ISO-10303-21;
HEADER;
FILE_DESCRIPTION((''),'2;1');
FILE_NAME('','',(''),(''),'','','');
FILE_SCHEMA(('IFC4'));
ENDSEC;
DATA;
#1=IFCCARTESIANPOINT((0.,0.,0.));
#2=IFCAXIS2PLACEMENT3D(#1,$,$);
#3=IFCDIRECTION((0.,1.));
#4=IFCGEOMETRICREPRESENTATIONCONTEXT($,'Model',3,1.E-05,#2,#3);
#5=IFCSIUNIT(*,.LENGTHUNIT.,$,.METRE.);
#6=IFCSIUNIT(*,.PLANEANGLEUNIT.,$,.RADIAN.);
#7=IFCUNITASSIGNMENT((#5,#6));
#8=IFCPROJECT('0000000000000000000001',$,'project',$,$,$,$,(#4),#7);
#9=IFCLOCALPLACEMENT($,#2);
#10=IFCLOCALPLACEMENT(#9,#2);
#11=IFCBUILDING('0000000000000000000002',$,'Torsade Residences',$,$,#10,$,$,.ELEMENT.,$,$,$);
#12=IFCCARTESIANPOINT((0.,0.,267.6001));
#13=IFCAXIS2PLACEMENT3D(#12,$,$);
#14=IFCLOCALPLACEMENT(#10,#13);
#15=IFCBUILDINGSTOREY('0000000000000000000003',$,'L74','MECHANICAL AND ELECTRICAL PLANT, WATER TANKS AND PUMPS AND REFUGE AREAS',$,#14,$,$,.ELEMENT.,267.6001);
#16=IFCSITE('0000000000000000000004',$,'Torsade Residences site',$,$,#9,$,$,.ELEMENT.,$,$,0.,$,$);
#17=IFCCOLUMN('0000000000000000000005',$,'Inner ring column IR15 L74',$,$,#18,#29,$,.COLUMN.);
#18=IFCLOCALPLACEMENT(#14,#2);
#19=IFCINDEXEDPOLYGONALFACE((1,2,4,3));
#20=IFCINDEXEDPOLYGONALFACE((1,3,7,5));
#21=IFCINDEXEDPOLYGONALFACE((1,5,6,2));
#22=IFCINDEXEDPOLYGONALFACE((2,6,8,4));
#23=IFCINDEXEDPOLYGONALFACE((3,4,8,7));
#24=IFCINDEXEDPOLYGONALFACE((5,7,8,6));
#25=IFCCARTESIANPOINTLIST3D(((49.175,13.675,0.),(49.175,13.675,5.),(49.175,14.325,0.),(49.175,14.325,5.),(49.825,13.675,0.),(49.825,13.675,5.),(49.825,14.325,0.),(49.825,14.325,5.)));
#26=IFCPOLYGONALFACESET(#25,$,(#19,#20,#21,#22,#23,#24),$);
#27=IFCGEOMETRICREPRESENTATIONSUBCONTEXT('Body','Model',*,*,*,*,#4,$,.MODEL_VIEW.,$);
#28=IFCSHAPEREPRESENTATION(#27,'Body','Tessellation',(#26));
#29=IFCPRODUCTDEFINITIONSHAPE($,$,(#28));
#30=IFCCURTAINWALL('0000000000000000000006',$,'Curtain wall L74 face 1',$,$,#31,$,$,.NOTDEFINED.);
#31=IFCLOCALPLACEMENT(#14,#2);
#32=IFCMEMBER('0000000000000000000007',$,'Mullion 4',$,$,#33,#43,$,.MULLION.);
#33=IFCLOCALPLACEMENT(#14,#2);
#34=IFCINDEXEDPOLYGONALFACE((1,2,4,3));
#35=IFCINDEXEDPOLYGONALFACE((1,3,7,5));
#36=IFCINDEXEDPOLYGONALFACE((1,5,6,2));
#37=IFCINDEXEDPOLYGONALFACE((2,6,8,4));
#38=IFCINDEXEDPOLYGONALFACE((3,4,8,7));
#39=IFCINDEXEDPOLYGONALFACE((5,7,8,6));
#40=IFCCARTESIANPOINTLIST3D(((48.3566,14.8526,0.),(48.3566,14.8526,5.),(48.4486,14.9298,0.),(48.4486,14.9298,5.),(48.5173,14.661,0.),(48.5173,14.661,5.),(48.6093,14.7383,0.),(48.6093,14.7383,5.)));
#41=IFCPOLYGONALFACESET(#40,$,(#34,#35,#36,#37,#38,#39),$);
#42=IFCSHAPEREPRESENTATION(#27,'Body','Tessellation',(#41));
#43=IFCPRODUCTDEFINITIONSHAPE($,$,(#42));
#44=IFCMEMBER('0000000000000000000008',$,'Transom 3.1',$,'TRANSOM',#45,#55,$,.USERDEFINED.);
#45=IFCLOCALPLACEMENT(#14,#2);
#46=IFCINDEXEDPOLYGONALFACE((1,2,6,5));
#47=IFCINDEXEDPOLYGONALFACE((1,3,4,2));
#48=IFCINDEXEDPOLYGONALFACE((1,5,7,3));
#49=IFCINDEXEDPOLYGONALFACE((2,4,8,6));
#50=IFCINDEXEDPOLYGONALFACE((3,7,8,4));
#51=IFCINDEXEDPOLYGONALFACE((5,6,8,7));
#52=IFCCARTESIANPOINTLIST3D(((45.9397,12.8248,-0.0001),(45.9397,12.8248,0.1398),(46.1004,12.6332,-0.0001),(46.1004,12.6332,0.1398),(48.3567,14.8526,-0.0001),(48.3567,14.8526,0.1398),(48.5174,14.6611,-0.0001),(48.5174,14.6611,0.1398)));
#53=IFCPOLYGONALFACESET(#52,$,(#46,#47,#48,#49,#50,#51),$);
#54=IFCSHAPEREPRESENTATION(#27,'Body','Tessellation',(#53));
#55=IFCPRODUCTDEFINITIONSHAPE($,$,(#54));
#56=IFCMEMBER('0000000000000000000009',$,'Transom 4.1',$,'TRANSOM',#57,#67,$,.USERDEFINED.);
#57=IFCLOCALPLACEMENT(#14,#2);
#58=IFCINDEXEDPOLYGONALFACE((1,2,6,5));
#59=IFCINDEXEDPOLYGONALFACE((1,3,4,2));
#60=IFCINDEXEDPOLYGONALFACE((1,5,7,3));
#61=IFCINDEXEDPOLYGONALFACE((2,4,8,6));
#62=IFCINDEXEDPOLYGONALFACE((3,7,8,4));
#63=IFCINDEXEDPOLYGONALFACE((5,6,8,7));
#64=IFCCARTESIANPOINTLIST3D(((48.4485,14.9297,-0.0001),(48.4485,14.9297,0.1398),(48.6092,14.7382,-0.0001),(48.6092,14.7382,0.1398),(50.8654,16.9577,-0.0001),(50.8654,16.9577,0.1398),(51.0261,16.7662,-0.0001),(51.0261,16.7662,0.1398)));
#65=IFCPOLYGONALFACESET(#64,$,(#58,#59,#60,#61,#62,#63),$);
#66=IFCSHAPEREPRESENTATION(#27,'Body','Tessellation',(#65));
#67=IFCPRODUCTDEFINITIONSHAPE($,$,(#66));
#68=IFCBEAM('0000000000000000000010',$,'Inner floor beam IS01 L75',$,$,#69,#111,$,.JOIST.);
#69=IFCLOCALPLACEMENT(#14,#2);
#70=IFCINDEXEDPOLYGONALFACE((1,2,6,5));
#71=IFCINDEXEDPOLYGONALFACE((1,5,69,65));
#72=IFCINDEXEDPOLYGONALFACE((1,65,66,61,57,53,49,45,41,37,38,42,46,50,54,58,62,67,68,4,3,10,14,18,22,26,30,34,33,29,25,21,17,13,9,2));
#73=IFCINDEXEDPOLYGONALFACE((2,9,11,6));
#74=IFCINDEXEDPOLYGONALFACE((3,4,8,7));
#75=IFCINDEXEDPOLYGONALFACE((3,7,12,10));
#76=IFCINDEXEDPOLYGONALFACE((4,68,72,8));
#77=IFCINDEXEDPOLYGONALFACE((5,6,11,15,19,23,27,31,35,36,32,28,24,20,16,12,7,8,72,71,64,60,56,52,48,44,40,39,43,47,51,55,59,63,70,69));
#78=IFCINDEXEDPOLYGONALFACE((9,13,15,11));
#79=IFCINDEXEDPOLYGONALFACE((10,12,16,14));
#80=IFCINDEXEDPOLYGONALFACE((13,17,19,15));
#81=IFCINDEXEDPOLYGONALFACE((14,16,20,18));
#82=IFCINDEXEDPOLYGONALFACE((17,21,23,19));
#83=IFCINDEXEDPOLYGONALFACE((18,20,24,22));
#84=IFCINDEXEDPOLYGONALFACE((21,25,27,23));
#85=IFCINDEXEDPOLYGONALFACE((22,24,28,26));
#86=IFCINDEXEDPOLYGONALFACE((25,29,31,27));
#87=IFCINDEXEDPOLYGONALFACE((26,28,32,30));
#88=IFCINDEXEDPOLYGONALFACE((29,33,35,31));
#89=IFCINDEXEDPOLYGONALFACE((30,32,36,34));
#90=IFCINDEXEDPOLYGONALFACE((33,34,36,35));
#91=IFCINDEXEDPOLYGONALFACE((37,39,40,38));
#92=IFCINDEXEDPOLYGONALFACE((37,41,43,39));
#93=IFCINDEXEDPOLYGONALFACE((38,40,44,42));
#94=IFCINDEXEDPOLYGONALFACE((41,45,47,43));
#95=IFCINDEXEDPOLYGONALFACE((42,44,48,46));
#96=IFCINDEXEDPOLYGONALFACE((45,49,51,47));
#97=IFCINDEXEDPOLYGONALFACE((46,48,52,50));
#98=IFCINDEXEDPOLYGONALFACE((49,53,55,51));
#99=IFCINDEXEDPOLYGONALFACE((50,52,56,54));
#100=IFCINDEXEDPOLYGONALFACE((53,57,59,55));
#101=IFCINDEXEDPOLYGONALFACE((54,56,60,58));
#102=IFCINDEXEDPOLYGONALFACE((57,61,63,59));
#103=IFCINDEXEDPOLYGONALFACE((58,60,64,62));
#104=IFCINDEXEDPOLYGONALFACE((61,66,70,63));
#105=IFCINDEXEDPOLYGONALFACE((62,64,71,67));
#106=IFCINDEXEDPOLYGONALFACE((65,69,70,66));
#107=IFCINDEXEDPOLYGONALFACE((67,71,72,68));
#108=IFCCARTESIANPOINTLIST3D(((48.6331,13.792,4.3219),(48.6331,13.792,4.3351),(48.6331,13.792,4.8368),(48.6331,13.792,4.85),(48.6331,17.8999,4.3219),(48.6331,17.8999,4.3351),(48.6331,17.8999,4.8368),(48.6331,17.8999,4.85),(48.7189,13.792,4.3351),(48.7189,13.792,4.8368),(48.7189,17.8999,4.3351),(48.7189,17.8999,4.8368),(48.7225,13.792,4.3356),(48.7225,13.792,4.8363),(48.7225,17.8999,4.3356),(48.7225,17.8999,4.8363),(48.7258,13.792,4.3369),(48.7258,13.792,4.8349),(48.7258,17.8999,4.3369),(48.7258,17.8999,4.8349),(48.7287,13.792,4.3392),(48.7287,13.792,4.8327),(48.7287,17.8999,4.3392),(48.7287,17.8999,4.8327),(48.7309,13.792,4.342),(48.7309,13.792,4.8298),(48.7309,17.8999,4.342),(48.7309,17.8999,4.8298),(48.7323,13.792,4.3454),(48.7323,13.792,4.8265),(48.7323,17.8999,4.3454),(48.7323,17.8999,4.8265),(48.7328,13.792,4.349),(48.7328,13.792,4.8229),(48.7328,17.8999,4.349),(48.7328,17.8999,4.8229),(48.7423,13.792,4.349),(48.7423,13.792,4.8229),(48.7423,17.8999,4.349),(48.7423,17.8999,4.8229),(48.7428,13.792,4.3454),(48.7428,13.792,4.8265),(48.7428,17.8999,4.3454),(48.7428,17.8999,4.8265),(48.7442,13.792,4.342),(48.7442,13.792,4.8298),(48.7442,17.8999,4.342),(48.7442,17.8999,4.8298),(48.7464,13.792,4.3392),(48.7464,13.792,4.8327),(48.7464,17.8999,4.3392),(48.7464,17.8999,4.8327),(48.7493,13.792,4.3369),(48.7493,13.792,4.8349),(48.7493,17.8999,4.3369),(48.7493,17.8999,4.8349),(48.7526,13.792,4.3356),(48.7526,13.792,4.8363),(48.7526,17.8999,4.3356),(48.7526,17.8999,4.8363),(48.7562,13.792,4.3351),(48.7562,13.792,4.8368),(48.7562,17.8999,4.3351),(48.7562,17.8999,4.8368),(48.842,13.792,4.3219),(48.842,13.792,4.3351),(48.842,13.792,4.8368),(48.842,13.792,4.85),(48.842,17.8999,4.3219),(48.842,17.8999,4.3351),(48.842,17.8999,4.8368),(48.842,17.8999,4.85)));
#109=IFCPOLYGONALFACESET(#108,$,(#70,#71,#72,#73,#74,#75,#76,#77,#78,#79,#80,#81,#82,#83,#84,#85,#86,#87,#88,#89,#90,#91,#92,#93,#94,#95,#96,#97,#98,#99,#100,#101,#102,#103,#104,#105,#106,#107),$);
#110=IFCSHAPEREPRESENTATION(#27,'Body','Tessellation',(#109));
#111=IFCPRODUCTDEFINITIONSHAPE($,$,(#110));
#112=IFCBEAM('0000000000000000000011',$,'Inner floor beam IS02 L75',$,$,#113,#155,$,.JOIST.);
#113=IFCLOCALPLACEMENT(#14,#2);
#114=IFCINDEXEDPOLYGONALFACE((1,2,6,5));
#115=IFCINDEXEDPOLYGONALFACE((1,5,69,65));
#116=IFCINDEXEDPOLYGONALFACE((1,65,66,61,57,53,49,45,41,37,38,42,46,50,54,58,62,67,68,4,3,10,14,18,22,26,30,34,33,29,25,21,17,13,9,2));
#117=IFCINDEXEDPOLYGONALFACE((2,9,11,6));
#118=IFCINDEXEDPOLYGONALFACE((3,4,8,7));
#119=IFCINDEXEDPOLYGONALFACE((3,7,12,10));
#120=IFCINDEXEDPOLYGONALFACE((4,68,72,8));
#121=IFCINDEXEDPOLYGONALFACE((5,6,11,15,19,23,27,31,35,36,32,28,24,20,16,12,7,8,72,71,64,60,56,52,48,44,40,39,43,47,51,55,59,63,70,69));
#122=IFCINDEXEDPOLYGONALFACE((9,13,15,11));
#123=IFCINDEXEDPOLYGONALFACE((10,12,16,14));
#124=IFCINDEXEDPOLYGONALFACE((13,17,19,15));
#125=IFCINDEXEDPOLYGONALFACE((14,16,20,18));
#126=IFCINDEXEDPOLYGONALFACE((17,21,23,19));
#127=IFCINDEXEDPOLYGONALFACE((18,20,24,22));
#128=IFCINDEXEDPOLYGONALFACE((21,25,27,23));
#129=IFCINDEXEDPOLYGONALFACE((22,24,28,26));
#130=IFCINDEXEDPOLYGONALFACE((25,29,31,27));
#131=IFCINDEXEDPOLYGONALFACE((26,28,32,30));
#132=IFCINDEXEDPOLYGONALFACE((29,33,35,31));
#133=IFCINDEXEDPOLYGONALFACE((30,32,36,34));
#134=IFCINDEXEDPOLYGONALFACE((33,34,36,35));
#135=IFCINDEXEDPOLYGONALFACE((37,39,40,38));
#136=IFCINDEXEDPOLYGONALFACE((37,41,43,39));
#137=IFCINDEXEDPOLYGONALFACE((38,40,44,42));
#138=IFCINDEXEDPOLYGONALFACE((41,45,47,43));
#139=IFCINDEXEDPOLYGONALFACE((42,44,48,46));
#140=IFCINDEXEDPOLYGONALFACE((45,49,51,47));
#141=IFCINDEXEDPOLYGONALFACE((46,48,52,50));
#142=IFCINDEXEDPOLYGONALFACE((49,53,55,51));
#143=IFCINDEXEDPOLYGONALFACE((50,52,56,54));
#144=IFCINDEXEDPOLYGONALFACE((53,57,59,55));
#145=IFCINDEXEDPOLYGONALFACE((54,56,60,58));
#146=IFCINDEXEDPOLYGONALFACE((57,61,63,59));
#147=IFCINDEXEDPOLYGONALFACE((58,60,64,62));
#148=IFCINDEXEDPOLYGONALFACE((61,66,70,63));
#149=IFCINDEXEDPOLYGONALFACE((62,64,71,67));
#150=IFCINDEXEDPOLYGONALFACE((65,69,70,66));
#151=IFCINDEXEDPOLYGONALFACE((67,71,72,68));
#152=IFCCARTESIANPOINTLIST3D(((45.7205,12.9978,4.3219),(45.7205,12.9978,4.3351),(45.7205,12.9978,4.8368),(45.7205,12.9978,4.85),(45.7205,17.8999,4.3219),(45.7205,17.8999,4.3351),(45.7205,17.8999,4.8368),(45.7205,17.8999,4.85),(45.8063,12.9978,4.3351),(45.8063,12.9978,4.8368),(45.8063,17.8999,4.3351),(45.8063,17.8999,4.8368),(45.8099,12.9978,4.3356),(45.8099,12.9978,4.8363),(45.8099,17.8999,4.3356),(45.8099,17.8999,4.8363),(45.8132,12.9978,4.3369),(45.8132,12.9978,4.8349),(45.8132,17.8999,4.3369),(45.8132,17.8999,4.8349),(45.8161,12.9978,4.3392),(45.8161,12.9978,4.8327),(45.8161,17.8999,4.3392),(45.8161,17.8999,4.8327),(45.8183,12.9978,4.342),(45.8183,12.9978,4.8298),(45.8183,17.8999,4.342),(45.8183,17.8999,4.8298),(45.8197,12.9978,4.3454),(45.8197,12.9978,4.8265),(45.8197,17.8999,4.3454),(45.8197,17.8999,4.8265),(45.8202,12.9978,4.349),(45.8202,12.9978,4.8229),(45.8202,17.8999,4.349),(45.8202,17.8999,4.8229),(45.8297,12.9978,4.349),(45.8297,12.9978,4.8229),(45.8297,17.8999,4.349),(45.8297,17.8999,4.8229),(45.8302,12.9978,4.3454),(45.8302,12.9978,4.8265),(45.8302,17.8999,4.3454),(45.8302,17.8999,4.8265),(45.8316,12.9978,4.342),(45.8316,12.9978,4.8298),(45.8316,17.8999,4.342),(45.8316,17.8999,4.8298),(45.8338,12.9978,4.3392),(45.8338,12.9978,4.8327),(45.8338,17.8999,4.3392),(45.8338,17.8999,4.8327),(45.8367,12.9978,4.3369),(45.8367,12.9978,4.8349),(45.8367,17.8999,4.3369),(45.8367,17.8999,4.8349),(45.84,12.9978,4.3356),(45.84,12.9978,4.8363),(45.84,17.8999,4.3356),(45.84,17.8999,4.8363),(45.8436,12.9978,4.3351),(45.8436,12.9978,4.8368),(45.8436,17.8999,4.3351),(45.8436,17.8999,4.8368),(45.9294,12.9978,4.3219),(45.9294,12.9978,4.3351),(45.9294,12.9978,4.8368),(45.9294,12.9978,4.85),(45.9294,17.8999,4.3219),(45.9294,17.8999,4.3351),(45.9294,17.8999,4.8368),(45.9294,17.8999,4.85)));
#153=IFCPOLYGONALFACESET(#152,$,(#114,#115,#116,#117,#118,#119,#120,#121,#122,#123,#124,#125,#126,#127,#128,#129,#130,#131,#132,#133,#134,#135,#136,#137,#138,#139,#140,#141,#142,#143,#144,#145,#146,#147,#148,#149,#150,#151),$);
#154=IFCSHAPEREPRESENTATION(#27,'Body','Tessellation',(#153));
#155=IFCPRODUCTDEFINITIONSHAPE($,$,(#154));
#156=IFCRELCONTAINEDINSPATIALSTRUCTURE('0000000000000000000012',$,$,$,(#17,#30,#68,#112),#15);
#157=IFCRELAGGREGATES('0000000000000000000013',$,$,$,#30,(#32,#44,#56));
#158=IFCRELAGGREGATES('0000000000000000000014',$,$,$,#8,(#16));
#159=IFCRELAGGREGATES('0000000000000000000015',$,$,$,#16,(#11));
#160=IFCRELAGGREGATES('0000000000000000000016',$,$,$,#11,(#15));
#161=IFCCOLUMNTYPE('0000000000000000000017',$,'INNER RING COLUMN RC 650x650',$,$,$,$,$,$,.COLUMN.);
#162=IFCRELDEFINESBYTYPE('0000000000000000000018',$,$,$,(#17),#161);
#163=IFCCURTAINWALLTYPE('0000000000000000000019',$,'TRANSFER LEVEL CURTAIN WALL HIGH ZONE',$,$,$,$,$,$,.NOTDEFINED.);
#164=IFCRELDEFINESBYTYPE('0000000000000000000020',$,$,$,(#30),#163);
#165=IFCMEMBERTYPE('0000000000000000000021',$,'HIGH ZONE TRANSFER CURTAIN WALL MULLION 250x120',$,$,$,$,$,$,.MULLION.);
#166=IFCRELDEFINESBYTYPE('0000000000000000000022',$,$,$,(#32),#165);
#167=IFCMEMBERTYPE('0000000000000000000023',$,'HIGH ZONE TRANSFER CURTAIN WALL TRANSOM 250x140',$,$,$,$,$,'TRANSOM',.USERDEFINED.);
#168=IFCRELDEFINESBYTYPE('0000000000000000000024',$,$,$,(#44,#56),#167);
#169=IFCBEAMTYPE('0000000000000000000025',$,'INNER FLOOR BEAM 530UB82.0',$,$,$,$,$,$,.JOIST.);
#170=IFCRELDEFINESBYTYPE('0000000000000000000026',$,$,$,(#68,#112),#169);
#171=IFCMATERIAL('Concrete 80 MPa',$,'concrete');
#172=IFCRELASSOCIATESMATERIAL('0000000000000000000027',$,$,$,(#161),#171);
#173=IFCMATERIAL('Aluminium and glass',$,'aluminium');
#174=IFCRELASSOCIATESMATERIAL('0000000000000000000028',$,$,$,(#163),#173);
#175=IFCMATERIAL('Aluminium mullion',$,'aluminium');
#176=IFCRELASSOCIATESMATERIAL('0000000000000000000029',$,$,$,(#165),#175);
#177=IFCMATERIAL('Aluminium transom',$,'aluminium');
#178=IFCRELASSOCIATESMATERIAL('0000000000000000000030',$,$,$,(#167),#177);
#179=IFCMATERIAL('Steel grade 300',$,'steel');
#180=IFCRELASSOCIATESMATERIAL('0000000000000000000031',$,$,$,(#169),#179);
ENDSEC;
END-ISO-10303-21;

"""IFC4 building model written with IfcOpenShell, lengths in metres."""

from ifc_helpers import new_model, si_unit, direction, frame, origin, origin_2d, place, context, subcontext, project, spatial, rectangle, i_section, extrude, material, material_profile, profile_set, type_object, element, aggregate, save


model = new_model("IFC4")

# Units and contexts
model_context = context("Model", 3, precision=1e-05, world=origin(), true_north=direction((0.0, 1.0)))
body_context = subcontext(model_context, "Body", "Model", "MODEL_VIEW")
ifc_project = project(units=[si_unit("LENGTHUNIT", "METRE"), si_unit("PLANEANGLEUNIT", "RADIAN")], contexts=[model_context])

# Site, building, storey
site_placement = place(None, origin())
site = spatial("IfcSite", under=ifc_project, at=site_placement, Name="Torsade Residences site", CompositionType="ELEMENT", RefElevation=0.0)
building_placement = place(site_placement, origin())
building = spatial("IfcBuilding", under=site, at=building_placement, Name="Torsade Residences", CompositionType="ELEMENT")
storey_placement = place(building_placement, frame((0.0, 0.0, 267.6001)))
storey = spatial("IfcBuildingStorey", under=building, at=storey_placement, Name="L74", Description="MECHANICAL AND ELECTRICAL PLANT, WATER TANKS AND PUMPS AND REFUGE AREAS", CompositionType="ELEMENT", Elevation=267.6001)

# Column
ifc_material_1 = material(Name="Concrete 80 MPa", Category="concrete")
ifc_material_profile_1 = material_profile(ifc_material_1, rectangle(XDim=0.6499, YDim=0.6499, at=origin_2d()), Name="RC 650x650")
ifc_profile_set_1 = profile_set([ifc_material_profile_1], Name="Concrete 80 MPa")
column_type = type_object("IfcColumnType", Name="INNER RING COLUMN RC 650x650", PredefinedType="COLUMN", material=ifc_profile_set_1)
column_placement = place(storey_placement, frame((49.5, 14.0, 0.0), z_axis=(0.0, 0.0, 1.0), x_axis=(1.0, 0.0, 0.0)))
element("IfcColumn", 1, at=column_placement, inside=storey, type_object=column_type, Name="Inner ring column IR15 L74", PredefinedType="COLUMN", context=body_context, shape_type="SweptSolid", body=[
    extrude(rectangle(XDim=0.6499, YDim=0.6499, at=origin_2d()), origin(), (0.0, 0.0, 1.0), 5.0),
])

# Curtain wall, members
ifc_material_2 = material(Name="Aluminium and glass", Category="aluminium")
curtain_wall_type = type_object("IfcCurtainWallType", Name="TRANSFER LEVEL CURTAIN WALL HIGH ZONE", PredefinedType="NOTDEFINED", material=ifc_material_2)
curtain_wall_placement = place(storey_placement, origin())
curtain_wall = element("IfcCurtainWall", 2, at=curtain_wall_placement, inside=storey, type_object=curtain_wall_type, Name="Curtain wall L74 face 1", PredefinedType="NOTDEFINED")
ifc_material_3 = material(Name="Aluminium mullion", Category="aluminium")
ifc_material_profile_2 = material_profile(ifc_material_3, rectangle(XDim=0.25, YDim=0.1201, at=origin_2d()), Name="HIGH ZONE TRANSFER CURTAIN WALL MULLION 250x120")
ifc_profile_set_2 = profile_set([ifc_material_profile_2], Name="Aluminium mullion")
member_type_1 = type_object("IfcMemberType", Name="HIGH ZONE TRANSFER CURTAIN WALL MULLION 250x120", PredefinedType="MULLION", material=ifc_profile_set_2)
member_1_placement = place(storey_placement, frame((48.4829, 14.7954, 0.0), z_axis=(0.0, 0.0, 1.0), x_axis=(-0.642788, 0.766044, 0.0)))
member_1 = element("IfcMember", 3, at=member_1_placement, type_object=member_type_1, Name="Mullion 4", PredefinedType="MULLION", context=body_context, shape_type="SweptSolid", body=[
    extrude(rectangle(XDim=0.25, YDim=0.1201, at=origin_2d()), origin(), (0.0, 0.0, 1.0), 5.0),
])
ifc_material_4 = material(Name="Aluminium transom", Category="aluminium")
ifc_material_profile_3 = material_profile(ifc_material_4, rectangle(XDim=0.25, YDim=0.1399, at=origin_2d()), Name="HIGH ZONE TRANSFER CURTAIN WALL TRANSOM 250x140")
ifc_profile_set_3 = profile_set([ifc_material_profile_3], Name="Aluminium transom")
member_type_2 = type_object("IfcMemberType", Name="HIGH ZONE TRANSFER CURTAIN WALL TRANSOM 250x140", ElementType="TRANSOM", PredefinedType="USERDEFINED", material=ifc_profile_set_3)
member_2_placement = place(storey_placement, frame((46.02, 12.729, 0.0698), z_axis=(0.766086, 0.642738, 0.0), x_axis=(-0.642738, 0.766086, 0.0)))
member_2 = element("IfcMember", 4, at=member_2_placement, type_object=member_type_2, Name="Transom 3.1", ObjectType="TRANSOM", PredefinedType="USERDEFINED", context=body_context, shape_type="SweptSolid", body=[
    extrude(rectangle(XDim=0.25, YDim=0.1399, at=origin_2d()), origin(), (0.0, 0.0, 1.0), 3.155),
])
member_3_placement = place(storey_placement, frame((48.5288, 14.834, 0.0698), z_axis=(0.766048, 0.642784, 0.0), x_axis=(-0.642784, 0.766048, 0.0)))
member_3 = element("IfcMember", 5, at=member_3_placement, type_object=member_type_2, Name="Transom 4.1", ObjectType="TRANSOM", PredefinedType="USERDEFINED", context=body_context, shape_type="SweptSolid", body=[
    extrude(rectangle(XDim=0.25, YDim=0.1399, at=origin_2d()), origin(), (0.0, 0.0, 1.0), 3.155),
])

# Beams
ifc_material_5 = material(Name="Steel grade 300", Category="steel")
ifc_material_profile_4 = material_profile(ifc_material_5, i_section(OverallWidth=0.209, OverallDepth=0.5281, WebThickness=0.0095, FlangeThickness=0.0132, FilletRadius=0.0139, at=origin_2d()), Name="530UB82.0")
ifc_profile_set_4 = profile_set([ifc_material_profile_4], Name="Steel grade 300")
beam_type_1 = type_object("IfcBeamType", Name="INNER FLOOR BEAM 530UB82.0", PredefinedType="JOIST", material=ifc_profile_set_4)
beam_1_placement = place(storey_placement, frame((48.7375, 17.8999, 4.5859), z_axis=(0.0, -1.0, 0.0), x_axis=(1.0, 0.0, 0.0)))
element("IfcBeam", 6, at=beam_1_placement, inside=storey, type_object=beam_type_1, Name="Inner floor beam IS01 L75", PredefinedType="JOIST", context=body_context, shape_type="SweptSolid", body=[
    extrude(i_section(OverallWidth=0.209, OverallDepth=0.5281, WebThickness=0.0095, FlangeThickness=0.0132, FilletRadius=0.0139, at=origin_2d()), origin(), (0.0, 0.0, 1.0), 4.1079),
])
beam_2_placement = place(storey_placement, frame((45.825, 17.8999, 4.5859), z_axis=(0.0, -1.0, 0.0), x_axis=(1.0, 0.0, 0.0)))
element("IfcBeam", 7, at=beam_2_placement, inside=storey, type_object=beam_type_1, Name="Inner floor beam IS02 L75", PredefinedType="JOIST", context=body_context, shape_type="SweptSolid", body=[
    extrude(i_section(OverallWidth=0.209, OverallDepth=0.5281, WebThickness=0.0095, FlangeThickness=0.0132, FilletRadius=0.0139, at=origin_2d()), origin(), (0.0, 0.0, 1.0), 4.9021),
])

aggregate(curtain_wall, [member_1, member_2, member_3])

save(model, "model.ifc")
